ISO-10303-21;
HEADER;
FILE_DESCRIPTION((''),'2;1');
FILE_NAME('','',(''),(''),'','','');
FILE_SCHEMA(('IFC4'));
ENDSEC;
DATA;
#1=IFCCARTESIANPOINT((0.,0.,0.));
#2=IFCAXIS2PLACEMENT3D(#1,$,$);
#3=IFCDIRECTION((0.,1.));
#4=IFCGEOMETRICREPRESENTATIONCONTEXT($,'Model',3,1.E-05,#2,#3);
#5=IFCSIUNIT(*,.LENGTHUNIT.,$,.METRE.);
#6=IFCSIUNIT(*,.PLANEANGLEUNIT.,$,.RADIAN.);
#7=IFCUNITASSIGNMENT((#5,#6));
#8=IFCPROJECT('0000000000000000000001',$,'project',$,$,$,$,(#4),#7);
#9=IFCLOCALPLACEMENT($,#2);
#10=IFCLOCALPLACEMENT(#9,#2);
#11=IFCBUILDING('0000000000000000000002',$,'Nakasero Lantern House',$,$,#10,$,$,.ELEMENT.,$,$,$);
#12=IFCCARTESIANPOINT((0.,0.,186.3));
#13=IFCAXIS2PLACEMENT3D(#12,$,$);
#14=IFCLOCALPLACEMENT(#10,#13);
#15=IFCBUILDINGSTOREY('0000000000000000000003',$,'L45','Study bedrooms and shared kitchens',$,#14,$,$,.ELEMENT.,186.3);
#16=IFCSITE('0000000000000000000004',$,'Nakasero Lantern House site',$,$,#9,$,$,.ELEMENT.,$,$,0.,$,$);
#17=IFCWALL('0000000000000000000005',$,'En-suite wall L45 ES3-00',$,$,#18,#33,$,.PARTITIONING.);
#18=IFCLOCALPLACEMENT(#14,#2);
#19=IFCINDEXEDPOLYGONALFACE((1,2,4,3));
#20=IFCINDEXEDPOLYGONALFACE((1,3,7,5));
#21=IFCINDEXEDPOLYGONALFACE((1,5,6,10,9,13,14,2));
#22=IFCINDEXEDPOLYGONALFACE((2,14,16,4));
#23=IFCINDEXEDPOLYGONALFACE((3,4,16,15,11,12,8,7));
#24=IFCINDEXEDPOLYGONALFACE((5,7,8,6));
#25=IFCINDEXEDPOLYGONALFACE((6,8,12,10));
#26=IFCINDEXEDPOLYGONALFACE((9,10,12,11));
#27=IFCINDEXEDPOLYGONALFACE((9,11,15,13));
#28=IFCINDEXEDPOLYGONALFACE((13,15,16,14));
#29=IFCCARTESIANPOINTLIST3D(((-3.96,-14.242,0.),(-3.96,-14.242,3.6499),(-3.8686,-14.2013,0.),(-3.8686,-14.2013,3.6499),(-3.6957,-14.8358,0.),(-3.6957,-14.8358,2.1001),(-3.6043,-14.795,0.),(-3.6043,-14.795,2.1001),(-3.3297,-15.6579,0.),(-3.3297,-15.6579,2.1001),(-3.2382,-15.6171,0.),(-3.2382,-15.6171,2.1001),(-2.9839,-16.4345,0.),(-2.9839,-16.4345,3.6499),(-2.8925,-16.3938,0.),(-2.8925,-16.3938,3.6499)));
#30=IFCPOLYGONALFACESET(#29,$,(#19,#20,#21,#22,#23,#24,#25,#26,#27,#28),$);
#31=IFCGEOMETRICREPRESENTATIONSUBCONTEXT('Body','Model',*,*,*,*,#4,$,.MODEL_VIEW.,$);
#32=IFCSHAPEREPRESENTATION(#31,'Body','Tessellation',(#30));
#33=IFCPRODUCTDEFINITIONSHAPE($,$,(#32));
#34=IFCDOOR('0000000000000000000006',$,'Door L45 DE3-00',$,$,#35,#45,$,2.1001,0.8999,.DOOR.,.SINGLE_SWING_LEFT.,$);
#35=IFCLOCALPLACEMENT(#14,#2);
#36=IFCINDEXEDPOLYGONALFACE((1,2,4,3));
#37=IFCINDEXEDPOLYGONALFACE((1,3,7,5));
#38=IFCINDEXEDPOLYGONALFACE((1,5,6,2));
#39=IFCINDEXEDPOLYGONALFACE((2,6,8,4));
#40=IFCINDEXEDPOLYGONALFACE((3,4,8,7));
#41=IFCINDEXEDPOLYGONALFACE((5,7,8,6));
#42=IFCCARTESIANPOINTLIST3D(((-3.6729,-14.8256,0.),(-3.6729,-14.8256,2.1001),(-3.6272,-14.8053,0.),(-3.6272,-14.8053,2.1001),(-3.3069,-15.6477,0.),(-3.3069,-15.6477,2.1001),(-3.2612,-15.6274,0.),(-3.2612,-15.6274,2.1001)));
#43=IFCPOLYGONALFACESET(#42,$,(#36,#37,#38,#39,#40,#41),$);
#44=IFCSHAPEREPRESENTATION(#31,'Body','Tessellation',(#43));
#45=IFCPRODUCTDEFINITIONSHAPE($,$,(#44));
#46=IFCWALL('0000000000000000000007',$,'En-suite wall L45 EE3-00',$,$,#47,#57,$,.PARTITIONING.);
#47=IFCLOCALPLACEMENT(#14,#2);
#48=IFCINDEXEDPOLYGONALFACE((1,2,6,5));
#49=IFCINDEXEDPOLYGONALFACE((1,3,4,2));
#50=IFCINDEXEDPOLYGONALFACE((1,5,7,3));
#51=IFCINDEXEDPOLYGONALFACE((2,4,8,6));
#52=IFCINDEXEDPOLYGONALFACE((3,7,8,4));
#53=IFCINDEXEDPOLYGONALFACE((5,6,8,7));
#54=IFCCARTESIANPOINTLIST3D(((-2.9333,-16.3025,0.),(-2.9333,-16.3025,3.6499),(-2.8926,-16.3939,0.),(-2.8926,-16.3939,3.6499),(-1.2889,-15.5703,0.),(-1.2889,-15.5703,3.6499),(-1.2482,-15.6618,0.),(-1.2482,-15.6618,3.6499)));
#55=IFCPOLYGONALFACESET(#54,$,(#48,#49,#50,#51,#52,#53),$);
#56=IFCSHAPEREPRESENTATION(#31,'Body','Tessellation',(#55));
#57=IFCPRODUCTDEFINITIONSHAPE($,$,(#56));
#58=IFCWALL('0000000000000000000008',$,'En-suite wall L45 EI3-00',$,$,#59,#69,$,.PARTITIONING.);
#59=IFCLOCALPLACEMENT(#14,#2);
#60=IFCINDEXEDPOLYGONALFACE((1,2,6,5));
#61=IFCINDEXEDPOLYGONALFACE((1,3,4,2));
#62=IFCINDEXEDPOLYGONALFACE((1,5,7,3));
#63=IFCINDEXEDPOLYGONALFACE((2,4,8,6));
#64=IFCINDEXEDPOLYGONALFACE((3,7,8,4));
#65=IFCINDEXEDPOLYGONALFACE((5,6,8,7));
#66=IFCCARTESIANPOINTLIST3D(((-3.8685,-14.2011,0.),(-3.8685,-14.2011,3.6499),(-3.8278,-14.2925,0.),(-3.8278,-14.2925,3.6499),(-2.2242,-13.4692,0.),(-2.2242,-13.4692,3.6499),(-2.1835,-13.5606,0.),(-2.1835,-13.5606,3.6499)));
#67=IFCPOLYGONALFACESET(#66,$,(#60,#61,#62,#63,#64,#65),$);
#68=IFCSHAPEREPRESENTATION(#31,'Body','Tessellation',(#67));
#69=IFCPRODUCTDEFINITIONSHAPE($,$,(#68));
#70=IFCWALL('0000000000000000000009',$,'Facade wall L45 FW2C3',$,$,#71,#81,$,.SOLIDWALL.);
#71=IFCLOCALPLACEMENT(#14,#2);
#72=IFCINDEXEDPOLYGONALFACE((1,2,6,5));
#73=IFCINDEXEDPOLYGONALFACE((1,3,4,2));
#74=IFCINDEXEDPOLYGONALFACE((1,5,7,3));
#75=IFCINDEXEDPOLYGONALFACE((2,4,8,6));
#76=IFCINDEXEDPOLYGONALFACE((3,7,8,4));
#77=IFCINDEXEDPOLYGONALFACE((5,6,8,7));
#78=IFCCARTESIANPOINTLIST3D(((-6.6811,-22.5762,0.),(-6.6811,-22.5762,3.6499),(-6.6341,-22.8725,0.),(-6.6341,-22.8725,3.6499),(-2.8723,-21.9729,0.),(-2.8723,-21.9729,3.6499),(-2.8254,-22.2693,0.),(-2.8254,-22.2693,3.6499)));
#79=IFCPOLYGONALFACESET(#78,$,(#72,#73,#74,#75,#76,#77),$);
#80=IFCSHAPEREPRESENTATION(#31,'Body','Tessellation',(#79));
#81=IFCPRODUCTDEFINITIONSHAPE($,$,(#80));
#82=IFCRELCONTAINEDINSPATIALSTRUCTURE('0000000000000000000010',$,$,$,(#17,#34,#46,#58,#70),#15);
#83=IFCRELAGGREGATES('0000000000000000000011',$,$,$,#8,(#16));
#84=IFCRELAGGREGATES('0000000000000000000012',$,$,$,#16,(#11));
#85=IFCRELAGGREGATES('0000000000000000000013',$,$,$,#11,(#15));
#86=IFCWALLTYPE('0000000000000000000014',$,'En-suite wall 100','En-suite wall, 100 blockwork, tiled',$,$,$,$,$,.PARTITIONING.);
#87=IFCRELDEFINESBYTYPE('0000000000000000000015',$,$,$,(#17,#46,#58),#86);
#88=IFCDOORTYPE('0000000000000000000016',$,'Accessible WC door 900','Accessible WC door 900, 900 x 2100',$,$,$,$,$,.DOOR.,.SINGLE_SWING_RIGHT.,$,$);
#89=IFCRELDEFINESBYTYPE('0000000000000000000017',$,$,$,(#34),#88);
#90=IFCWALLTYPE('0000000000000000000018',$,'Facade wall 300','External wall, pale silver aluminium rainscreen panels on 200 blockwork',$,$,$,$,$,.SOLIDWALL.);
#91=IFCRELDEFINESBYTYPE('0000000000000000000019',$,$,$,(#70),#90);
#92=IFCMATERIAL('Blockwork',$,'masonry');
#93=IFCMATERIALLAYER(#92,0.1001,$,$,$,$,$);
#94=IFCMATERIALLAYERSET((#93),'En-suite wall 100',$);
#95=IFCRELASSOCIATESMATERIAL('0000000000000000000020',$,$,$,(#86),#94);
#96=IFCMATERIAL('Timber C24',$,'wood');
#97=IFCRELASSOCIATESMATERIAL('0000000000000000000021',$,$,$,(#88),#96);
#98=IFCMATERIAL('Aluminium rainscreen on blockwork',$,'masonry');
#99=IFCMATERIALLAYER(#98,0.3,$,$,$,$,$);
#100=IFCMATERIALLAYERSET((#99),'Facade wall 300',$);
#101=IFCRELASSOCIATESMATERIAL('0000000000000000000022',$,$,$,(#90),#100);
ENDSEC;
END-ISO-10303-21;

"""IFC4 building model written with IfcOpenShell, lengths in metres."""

from ifc_helpers import new_model, si_unit, direction, frame, frame_2d, origin, place, context, subcontext, project, spatial, rectangle, extrude, material, layer, layer_set, type_object, element, fill, save


model = new_model("IFC4")

# Units and contexts
model_context = context("Model", 3, precision=1e-05, world=origin(), true_north=direction((0.0, 1.0)))
body_context = subcontext(model_context, "Body", "Model", "MODEL_VIEW")
ifc_project = project(units=[si_unit("LENGTHUNIT", "METRE"), si_unit("PLANEANGLEUNIT", "RADIAN")], contexts=[model_context])

# Site, building, storey
site_placement = place(None, origin())
site = spatial("IfcSite", under=ifc_project, at=site_placement, Name="Nakasero Lantern House site", CompositionType="ELEMENT", RefElevation=0.0)
building_placement = place(site_placement, origin())
building = spatial("IfcBuilding", under=site, at=building_placement, Name="Nakasero Lantern House", CompositionType="ELEMENT")
storey_placement = place(building_placement, frame((0.0, 0.0, 186.3)))
storey = spatial("IfcBuildingStorey", under=building, at=storey_placement, Name="L45", Description="Study bedrooms and shared kitchens", CompositionType="ELEMENT", Elevation=186.3)

# Wall, opening, door
ifc_material_1 = material(Name="Blockwork", Category="masonry")
ifc_layer_1 = layer(ifc_material_1, 0.1001)
ifc_layer_set_1 = layer_set([ifc_layer_1], Name="En-suite wall 100")
wall_type_1 = type_object("IfcWallType", Name="En-suite wall 100", Description="En-suite wall, 100 blockwork, tiled", PredefinedType="PARTITIONING", material=ifc_layer_set_1)
wall_1_placement = place(storey_placement, frame((-3.9143, -14.2217, 0.0), z_axis=(0.0, 0.0, 1.0), x_axis=(0.406724, -0.913551, 0.0)))
wall_1 = element("IfcWall", 1, at=wall_1_placement, inside=storey, type_object=wall_type_1, Name="En-suite wall L45 ES3-00", PredefinedType="PARTITIONING", context=body_context, shape_type="SweptSolid", body=[
    extrude(rectangle(XDim=2.3999, YDim=0.1001, at=frame_2d((1.2, 0.0))), origin(), (0.0, 0.0, 1.0), 3.6499),
])
opening_1_placement = place(wall_1_placement, frame((0.6499, 0.0, 0.0)))
opening_1 = element("IfcOpeningElement", 2, at=opening_1_placement, cuts=wall_1, PredefinedType="OPENING", context=body_context, shape_type="SweptSolid", body=[
    extrude(rectangle(XDim=0.8999, YDim=2.1001, at=frame_2d((0.45, 1.05))), frame((0.0, 0.0701, 0.0), z_axis=(0.0, -1.0, 0.0), x_axis=(1.0, 0.0, 0.0)), (0.0, 0.0, 1.0), 0.1401),
])
ifc_material_2 = material(Name="Timber C24", Category="wood")
door_type_1 = type_object("IfcDoorType", Name="Accessible WC door 900", Description="Accessible WC door 900, 900 x 2100", OperationType="SINGLE_SWING_RIGHT", PredefinedType="DOOR", material=ifc_material_2)
door_1_placement = place(opening_1_placement, origin())
door_1 = element("IfcDoor", 3, at=door_1_placement, inside=storey, type_object=door_type_1, Name="Door L45 DE3-00", OperationType="SINGLE_SWING_LEFT", OverallHeight=2.1001, OverallWidth=0.8999, PredefinedType="DOOR", context=body_context, shape_type="SweptSolid", body=[
    extrude(rectangle(XDim=0.8999, YDim=2.1001, at=frame_2d((0.45, 1.05))), frame((0.0, 0.0249, 0.0), z_axis=(0.0, -1.0, 0.0), x_axis=(1.0, 0.0, 0.0)), (0.0, 0.0, 1.0), 0.05),
])
fill(opening_1, door_1)

# Walls
wall_2_placement = place(storey_placement, frame((-2.9128, -16.3481, 0.0), z_axis=(0.0, 0.0, 1.0), x_axis=(0.913549, 0.40673, 0.0)))
element("IfcWall", 4, at=wall_2_placement, inside=storey, type_object=wall_type_1, Name="En-suite wall L45 EE3-00", PredefinedType="PARTITIONING", context=body_context, shape_type="SweptSolid", body=[
    extrude(rectangle(XDim=1.8, YDim=0.1001, at=frame_2d((0.8999, 0.0))), origin(), (0.0, 0.0, 1.0), 3.6499),
])
wall_3_placement = place(storey_placement, frame((-3.8481, -14.2468, 0.0), z_axis=(0.0, 0.0, 1.0), x_axis=(0.913576, 0.406667, 0.0)))
element("IfcWall", 5, at=wall_3_placement, inside=storey, type_object=wall_type_1, Name="En-suite wall L45 EI3-00", PredefinedType="PARTITIONING", context=body_context, shape_type="SweptSolid", body=[
    extrude(rectangle(XDim=1.7998, YDim=0.1001, at=frame_2d((0.8999, 0.0))), origin(), (0.0, 0.0, 1.0), 3.6499),
])
ifc_material_3 = material(Name="Aluminium rainscreen on blockwork", Category="masonry")
ifc_layer_2 = layer(ifc_material_3, 0.3)
ifc_layer_set_2 = layer_set([ifc_layer_2], Name="Facade wall 300")
wall_type_2 = type_object("IfcWallType", Name="Facade wall 300", Description="External wall, pale silver aluminium rainscreen panels on 200 blockwork", PredefinedType="SOLIDWALL", material=ifc_layer_set_2)
wall_4_placement = place(storey_placement, frame((-6.6577, -22.7244, 0.0), z_axis=(0.0, 0.0, 1.0), x_axis=(0.987688, 0.156437, 0.0)))
element("IfcWall", 6, at=wall_4_placement, inside=storey, type_object=wall_type_2, Name="Facade wall L45 FW2C3", PredefinedType="SOLIDWALL", context=body_context, shape_type="SweptSolid", body=[
    extrude(rectangle(XDim=3.8562, YDim=0.3, at=frame_2d((1.9282, 0.0))), origin(), (0.0, 0.0, 1.0), 3.6499),
])

save(model, "model.ifc")
